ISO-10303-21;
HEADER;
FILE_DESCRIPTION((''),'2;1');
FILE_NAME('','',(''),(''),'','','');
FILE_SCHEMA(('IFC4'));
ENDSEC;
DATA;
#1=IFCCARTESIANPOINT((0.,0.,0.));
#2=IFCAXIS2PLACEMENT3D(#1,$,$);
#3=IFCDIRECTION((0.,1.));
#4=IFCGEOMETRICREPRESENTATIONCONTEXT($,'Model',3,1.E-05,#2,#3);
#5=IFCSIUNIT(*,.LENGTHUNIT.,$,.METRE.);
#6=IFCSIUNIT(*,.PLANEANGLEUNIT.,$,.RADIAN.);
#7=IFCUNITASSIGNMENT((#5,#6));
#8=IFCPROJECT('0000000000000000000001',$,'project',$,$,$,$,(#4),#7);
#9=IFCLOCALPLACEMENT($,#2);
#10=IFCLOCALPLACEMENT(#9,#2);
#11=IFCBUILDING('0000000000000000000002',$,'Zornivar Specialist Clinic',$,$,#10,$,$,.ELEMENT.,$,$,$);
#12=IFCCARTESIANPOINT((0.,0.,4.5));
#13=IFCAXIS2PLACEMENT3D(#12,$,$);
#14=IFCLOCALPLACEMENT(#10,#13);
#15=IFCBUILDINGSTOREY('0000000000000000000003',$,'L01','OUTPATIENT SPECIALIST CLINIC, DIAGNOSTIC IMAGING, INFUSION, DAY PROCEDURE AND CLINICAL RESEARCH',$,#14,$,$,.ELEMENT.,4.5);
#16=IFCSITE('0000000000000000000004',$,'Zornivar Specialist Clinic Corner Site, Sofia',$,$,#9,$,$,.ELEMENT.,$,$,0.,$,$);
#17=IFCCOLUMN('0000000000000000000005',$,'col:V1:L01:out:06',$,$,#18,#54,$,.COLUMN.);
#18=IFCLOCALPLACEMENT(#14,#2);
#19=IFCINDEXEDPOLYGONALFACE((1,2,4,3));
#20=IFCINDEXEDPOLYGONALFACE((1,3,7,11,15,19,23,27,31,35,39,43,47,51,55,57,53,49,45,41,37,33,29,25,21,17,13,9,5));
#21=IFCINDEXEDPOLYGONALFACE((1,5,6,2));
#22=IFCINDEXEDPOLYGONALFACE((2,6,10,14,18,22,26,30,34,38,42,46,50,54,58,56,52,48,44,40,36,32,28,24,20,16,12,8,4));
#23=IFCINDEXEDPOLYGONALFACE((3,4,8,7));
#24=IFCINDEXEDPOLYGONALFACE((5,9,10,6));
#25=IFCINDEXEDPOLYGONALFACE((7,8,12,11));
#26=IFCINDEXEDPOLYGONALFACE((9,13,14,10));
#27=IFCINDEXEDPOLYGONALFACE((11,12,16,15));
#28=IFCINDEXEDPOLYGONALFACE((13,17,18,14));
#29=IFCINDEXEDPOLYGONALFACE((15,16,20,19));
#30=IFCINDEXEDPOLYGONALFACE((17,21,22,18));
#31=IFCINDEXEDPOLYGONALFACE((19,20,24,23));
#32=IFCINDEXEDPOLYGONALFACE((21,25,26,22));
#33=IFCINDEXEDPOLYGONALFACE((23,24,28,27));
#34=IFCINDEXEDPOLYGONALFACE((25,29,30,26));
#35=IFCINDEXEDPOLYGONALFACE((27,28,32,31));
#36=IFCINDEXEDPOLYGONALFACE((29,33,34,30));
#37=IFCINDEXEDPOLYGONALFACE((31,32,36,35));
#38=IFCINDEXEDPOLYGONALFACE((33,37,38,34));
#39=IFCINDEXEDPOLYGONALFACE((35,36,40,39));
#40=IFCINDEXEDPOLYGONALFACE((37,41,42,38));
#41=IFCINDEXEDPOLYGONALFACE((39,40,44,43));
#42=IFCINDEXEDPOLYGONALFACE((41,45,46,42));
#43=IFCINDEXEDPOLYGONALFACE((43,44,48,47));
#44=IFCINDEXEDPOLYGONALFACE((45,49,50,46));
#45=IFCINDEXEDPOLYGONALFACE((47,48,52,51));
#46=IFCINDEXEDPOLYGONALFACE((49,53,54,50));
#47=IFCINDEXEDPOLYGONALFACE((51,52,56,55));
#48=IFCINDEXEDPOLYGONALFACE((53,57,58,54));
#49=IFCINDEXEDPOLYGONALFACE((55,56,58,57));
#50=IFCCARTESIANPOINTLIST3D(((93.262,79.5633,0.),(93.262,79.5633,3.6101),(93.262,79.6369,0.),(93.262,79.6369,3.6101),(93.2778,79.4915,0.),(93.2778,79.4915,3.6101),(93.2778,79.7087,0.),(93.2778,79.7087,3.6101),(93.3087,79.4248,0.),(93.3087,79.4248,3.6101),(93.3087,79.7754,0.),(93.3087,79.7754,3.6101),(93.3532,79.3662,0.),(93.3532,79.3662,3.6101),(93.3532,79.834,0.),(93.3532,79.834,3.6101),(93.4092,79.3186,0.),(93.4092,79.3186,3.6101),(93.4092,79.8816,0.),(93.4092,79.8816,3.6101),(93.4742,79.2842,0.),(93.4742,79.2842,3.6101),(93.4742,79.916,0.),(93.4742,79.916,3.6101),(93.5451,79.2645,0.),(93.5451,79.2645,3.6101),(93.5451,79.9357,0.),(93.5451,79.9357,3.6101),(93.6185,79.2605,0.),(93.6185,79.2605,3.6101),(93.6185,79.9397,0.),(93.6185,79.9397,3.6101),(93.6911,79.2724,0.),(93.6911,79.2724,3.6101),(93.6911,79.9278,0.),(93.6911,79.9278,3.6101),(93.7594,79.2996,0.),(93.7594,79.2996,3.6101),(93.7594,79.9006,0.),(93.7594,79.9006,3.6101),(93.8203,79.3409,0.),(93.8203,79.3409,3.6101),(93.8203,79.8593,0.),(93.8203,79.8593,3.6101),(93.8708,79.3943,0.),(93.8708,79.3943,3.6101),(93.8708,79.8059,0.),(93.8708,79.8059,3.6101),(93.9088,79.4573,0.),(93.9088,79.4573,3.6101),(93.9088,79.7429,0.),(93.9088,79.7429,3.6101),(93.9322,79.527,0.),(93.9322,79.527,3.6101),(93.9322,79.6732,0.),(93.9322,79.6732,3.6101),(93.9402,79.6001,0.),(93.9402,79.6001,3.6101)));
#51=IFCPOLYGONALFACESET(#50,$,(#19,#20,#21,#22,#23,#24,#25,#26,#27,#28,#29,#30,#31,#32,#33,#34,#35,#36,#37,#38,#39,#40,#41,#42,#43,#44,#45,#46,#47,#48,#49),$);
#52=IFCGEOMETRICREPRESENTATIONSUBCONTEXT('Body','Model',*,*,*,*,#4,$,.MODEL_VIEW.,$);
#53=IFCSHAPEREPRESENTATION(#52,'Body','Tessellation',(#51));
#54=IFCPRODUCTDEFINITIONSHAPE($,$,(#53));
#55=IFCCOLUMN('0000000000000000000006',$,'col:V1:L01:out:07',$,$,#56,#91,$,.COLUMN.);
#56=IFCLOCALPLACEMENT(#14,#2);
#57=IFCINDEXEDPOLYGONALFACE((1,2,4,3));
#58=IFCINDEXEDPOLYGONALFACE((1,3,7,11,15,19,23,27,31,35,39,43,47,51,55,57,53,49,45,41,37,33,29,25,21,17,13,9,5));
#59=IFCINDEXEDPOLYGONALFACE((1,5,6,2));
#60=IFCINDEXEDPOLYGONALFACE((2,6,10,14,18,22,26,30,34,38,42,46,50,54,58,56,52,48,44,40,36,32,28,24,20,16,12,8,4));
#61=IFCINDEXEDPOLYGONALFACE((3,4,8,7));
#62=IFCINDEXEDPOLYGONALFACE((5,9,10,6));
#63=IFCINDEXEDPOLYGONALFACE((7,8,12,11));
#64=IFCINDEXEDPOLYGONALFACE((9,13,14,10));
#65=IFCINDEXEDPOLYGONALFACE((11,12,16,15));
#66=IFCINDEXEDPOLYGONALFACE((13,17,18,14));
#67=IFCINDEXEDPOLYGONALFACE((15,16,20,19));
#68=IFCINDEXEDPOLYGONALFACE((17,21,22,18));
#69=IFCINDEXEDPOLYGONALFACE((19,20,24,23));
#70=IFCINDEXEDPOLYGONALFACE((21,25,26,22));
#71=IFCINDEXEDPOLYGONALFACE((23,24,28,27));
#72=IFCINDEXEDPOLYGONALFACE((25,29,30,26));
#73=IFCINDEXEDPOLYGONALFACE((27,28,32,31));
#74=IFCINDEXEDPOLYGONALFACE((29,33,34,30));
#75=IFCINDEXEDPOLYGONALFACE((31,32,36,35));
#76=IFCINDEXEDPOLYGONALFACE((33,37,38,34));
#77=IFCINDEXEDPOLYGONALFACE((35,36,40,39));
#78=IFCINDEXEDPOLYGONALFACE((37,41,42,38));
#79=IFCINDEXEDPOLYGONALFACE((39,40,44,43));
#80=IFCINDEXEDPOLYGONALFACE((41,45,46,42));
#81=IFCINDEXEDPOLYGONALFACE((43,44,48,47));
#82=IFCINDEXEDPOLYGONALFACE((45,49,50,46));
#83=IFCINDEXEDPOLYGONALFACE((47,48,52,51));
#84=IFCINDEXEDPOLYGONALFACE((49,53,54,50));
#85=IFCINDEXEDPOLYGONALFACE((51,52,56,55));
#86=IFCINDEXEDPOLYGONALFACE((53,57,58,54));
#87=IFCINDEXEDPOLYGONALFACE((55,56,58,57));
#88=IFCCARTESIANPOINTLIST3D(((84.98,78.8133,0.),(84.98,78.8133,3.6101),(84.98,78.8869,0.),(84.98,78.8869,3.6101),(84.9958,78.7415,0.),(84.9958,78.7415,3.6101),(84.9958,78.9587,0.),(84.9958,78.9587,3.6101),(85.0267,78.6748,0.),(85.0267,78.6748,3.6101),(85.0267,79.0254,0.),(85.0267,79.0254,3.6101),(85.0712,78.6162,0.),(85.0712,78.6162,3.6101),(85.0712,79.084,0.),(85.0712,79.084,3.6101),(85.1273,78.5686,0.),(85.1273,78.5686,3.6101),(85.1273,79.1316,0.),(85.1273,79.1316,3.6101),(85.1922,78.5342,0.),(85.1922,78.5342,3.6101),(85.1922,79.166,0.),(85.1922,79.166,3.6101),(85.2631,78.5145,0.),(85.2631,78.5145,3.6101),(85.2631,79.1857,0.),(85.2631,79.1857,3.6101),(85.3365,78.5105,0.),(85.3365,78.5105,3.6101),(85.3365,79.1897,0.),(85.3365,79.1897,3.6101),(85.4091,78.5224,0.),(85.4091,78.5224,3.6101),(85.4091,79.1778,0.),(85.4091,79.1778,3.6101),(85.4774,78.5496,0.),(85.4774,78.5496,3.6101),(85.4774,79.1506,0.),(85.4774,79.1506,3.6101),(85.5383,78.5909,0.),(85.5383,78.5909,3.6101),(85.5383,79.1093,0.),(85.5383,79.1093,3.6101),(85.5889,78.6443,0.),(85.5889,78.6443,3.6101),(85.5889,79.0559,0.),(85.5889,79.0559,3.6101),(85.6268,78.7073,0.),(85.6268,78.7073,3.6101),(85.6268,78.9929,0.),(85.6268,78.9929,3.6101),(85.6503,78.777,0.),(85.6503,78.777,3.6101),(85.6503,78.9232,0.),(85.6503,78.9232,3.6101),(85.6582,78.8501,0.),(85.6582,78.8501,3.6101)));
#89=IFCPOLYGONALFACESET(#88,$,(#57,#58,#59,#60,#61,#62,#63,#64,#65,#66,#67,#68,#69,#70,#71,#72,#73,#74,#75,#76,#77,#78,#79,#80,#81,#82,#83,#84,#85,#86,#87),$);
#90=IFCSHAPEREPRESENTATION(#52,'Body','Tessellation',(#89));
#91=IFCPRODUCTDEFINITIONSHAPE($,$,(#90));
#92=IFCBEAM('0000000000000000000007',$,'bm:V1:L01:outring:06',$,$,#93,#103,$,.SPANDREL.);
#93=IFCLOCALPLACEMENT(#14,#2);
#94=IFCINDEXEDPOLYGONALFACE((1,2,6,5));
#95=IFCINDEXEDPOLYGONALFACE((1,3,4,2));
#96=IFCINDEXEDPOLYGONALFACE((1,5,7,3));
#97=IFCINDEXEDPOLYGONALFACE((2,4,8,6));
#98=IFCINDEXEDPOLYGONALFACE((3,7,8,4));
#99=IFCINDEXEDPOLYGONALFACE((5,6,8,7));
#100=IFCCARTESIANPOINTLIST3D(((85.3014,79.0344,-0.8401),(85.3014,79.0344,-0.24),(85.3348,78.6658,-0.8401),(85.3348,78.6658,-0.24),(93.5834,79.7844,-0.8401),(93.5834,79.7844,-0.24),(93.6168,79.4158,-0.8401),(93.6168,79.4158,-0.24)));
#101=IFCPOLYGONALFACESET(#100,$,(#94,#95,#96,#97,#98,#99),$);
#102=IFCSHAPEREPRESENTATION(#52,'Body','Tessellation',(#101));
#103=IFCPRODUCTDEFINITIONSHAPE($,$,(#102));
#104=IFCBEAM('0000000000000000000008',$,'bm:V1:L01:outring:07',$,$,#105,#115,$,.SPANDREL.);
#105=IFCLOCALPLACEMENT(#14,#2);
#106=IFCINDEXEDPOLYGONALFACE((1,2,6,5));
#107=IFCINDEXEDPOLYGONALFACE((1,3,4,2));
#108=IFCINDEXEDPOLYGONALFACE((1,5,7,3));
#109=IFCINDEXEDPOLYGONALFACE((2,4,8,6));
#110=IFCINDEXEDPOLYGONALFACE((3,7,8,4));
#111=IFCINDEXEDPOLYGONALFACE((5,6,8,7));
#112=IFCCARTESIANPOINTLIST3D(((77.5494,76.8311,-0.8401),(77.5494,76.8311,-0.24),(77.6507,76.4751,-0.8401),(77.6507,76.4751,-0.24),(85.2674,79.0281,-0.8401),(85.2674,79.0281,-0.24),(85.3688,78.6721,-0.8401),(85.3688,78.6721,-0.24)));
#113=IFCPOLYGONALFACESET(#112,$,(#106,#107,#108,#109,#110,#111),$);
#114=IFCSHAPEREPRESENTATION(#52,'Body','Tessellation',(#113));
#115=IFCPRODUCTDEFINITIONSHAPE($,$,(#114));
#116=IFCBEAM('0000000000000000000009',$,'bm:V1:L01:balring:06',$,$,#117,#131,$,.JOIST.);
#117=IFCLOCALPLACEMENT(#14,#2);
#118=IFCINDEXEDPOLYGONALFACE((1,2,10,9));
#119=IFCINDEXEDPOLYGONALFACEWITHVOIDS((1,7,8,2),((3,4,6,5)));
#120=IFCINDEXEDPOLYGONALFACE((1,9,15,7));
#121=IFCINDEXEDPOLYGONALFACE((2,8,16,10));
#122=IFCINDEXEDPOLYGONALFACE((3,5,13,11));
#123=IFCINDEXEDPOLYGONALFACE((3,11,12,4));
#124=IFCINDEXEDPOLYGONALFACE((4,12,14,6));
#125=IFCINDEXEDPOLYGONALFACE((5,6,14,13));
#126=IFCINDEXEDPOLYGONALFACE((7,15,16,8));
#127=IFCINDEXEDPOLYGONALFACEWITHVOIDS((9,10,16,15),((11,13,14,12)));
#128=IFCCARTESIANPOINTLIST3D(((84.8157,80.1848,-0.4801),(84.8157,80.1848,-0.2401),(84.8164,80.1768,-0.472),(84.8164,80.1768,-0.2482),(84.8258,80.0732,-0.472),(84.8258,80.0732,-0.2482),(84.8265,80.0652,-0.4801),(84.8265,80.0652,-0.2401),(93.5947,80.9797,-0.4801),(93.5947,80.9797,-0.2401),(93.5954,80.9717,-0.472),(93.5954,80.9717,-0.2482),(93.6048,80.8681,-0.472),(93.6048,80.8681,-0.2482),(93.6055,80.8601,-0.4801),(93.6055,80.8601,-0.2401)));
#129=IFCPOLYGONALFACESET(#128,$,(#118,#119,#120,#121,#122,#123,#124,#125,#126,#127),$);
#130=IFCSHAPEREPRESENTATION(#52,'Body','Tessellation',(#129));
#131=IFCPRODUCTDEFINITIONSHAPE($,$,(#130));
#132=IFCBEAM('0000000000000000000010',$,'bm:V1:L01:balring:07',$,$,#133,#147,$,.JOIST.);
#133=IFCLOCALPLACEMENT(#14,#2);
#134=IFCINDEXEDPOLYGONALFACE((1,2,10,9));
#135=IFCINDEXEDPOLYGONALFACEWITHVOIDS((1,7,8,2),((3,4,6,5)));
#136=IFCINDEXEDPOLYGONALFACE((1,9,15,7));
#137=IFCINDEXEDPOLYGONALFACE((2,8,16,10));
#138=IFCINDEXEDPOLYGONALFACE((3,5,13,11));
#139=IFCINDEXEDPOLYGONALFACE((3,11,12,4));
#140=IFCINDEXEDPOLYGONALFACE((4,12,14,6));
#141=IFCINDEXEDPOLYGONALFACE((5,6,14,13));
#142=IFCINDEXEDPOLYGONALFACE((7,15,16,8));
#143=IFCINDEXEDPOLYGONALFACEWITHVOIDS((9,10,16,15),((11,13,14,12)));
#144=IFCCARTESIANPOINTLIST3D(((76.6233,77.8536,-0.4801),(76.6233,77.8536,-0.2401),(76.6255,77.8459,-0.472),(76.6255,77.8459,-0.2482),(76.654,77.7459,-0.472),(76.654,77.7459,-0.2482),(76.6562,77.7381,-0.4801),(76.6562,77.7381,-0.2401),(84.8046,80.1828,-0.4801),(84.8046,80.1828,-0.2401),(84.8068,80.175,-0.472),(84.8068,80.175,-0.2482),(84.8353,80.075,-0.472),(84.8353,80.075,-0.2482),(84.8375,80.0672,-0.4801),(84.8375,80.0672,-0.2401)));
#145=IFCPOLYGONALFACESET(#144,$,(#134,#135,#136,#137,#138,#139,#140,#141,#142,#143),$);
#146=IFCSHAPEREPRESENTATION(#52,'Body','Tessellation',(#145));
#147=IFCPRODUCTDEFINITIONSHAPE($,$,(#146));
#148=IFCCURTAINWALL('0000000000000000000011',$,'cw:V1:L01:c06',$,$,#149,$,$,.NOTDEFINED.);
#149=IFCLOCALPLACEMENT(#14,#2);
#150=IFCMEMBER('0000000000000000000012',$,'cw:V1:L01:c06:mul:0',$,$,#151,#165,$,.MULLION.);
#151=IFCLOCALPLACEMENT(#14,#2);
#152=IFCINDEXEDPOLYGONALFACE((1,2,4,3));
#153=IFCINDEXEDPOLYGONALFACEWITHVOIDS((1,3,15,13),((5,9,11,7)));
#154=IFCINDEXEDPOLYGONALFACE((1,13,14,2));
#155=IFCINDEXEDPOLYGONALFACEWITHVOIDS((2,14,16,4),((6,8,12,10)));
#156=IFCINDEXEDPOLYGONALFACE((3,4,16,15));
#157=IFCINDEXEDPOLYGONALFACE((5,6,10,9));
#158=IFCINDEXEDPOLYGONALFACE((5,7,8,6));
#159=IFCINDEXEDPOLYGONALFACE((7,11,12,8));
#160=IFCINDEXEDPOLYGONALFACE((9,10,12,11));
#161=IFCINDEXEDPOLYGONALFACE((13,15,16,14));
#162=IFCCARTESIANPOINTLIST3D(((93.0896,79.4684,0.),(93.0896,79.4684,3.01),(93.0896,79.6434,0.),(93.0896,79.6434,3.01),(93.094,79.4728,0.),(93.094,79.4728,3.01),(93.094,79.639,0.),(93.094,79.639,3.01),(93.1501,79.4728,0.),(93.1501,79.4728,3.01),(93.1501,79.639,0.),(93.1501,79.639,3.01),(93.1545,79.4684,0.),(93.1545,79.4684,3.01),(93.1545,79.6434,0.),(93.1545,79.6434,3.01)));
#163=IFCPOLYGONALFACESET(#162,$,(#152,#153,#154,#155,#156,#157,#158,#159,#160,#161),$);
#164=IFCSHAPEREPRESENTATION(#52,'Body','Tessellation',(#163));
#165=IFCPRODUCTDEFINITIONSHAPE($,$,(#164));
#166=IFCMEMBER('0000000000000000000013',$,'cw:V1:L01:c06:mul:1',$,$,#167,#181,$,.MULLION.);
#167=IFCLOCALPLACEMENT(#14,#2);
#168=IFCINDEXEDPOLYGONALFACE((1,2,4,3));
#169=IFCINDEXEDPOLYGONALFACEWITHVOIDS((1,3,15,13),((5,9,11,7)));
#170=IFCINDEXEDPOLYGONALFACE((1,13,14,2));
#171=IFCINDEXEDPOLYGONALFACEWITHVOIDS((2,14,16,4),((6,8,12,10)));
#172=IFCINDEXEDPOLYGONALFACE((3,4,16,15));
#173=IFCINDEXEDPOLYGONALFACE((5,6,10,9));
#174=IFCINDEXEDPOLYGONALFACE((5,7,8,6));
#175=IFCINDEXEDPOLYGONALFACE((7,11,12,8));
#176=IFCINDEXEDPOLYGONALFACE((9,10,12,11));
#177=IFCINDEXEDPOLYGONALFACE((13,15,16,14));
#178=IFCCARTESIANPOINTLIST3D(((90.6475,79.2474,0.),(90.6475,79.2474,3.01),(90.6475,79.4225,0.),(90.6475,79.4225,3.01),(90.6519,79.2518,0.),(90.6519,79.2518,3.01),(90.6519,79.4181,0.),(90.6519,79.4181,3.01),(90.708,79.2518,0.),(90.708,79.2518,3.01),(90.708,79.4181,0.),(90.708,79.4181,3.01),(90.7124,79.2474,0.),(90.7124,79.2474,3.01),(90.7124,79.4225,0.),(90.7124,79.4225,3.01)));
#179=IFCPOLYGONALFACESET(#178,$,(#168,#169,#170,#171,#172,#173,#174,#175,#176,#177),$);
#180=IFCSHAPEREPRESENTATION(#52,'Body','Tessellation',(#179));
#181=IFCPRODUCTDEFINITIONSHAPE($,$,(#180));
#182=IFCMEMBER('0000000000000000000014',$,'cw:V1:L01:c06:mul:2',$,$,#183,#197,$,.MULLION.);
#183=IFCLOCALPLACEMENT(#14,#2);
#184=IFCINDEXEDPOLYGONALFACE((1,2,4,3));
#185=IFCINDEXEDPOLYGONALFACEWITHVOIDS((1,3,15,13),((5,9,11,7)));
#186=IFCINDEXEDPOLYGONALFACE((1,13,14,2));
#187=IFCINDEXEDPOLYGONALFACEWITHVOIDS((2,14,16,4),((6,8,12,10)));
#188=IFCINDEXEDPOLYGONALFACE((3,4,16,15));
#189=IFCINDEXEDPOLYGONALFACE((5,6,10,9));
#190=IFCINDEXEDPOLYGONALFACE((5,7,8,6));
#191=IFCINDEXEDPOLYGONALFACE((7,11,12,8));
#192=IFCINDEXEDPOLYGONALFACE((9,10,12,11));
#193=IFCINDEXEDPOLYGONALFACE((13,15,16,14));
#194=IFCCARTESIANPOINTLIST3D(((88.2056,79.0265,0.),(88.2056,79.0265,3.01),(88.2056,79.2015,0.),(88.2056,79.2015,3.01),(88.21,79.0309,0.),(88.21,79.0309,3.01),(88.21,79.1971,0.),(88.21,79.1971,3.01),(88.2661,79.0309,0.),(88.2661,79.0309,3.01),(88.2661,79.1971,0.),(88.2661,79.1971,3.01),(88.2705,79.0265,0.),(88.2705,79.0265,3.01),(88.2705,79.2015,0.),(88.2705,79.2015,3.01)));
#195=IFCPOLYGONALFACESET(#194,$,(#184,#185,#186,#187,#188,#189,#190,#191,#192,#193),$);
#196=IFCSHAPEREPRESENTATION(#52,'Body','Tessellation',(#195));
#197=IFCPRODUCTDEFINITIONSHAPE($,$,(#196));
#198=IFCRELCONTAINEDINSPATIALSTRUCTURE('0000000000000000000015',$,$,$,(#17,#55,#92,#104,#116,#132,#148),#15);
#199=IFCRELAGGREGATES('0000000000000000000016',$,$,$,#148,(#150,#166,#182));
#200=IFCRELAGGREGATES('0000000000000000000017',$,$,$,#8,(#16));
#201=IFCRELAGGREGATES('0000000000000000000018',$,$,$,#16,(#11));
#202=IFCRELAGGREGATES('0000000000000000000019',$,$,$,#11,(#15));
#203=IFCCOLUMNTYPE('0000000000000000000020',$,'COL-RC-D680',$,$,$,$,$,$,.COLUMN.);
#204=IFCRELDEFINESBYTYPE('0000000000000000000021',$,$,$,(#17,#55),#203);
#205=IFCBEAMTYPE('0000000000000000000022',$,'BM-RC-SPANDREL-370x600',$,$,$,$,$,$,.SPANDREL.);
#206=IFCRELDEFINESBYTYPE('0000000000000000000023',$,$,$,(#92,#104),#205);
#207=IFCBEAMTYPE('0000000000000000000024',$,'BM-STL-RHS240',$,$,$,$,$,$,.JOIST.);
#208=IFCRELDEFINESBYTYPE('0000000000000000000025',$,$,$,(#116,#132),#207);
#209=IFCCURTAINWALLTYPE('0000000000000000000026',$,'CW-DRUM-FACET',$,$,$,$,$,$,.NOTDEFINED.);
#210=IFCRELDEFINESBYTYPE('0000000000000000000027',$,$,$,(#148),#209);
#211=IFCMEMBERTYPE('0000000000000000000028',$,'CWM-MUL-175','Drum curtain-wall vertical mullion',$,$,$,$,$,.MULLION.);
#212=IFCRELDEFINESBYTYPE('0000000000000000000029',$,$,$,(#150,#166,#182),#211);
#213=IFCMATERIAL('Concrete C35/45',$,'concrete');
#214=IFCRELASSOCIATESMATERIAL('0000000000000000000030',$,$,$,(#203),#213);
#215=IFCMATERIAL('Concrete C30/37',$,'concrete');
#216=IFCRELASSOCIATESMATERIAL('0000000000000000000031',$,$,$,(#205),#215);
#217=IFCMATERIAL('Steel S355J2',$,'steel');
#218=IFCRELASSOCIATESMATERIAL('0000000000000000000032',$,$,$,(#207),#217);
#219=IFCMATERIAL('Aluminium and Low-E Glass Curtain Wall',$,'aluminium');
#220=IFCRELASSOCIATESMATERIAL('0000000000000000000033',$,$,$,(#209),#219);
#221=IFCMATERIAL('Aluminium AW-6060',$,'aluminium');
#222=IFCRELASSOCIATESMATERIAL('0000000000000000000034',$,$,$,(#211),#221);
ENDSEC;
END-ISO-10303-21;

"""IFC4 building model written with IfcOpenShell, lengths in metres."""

from ifc_helpers import new_model, si_unit, direction, frame, origin, origin_2d, place, context, subcontext, project, spatial, rectangle, hollow_rectangle, circle, extrude, material, material_profile, profile_set, type_object, element, aggregate, save


model = new_model("IFC4")

# Units and contexts
model_context = context("Model", 3, precision=1e-05, world=origin(), true_north=direction((0.0, 1.0)))
body_context = subcontext(model_context, "Body", "Model", "MODEL_VIEW")
ifc_project = project(units=[si_unit("LENGTHUNIT", "METRE"), si_unit("PLANEANGLEUNIT", "RADIAN")], contexts=[model_context])

# Site, building, storey
site_placement = place(None, origin())
site = spatial("IfcSite", under=ifc_project, at=site_placement, Name="Zornivar Specialist Clinic Corner Site, Sofia", CompositionType="ELEMENT", RefElevation=0.0)
building_placement = place(site_placement, origin())
building = spatial("IfcBuilding", under=site, at=building_placement, Name="Zornivar Specialist Clinic", CompositionType="ELEMENT")
storey_placement = place(building_placement, frame((0.0, 0.0, 4.5)))
storey = spatial("IfcBuildingStorey", under=building, at=storey_placement, Name="L01", Description="OUTPATIENT SPECIALIST CLINIC, DIAGNOSTIC IMAGING, INFUSION, DAY PROCEDURE AND CLINICAL RESEARCH", CompositionType="ELEMENT", Elevation=4.5)

# Columns
ifc_material_1 = material(Name="Concrete C35/45", Category="concrete")
ifc_material_profile_1 = material_profile(ifc_material_1, circle(Radius=0.3401, at=origin_2d()), Name="RC D680")
ifc_profile_set_1 = profile_set([ifc_material_profile_1], Name="Concrete C35/45")
column_type = type_object("IfcColumnType", Name="COL-RC-D680", PredefinedType="COLUMN", material=ifc_profile_set_1)
for number, where, z_axis, x_axis, name in (
    (1, (93.6001, 79.6001, 0.0), (0.0, 0.0, 1.0), (1.0, 0.0, 0.0), "col:V1:L01:out:06"),
    (2, (85.3181, 78.8501, 0.0), (0.0, 0.0, 1.0), (1.0, 0.0, 0.0), "col:V1:L01:out:07"),
):
    element("IfcColumn", number, at=place(storey_placement, frame(where, z_axis=z_axis, x_axis=x_axis)), inside=storey, type_object=column_type, Name=name, PredefinedType="COLUMN", context=body_context, shape_type="SweptSolid", body=[
        extrude(circle(Radius=0.3401, at=origin_2d()), origin(), (0.0, 0.0, 1.0), 3.6101),
    ])

# Beams
ifc_material_2 = material(Name="Concrete C30/37", Category="concrete")
ifc_material_profile_2 = material_profile(ifc_material_2, rectangle(XDim=0.3701, YDim=0.6001, at=origin_2d()), Name="RC 370x600")
ifc_profile_set_2 = profile_set([ifc_material_profile_2], Name="Concrete C30/37")
beam_type_1 = type_object("IfcBeamType", Name="BM-RC-SPANDREL-370x600", PredefinedType="SPANDREL", material=ifc_profile_set_2)
beam_1_placement = place(storey_placement, frame((93.6001, 79.6001, -0.54), z_axis=(-0.995925, -0.090189, 0.0), x_axis=(0.090189, -0.995925, 0.0)))
element("IfcBeam", 3, at=beam_1_placement, inside=storey, type_object=beam_type_1, Name="bm:V1:L01:outring:06", PredefinedType="SPANDREL", context=body_context, shape_type="SweptSolid", body=[
    extrude(rectangle(XDim=0.3701, YDim=0.6001, at=origin_2d()), origin(), (0.0, 0.0, 1.0), 8.3159),
])
beam_2_placement = place(storey_placement, frame((85.3181, 78.8501, -0.54), z_axis=(-0.961791, -0.273785, 0.0), x_axis=(0.273785, -0.961791, 0.0)))
element("IfcBeam", 4, at=beam_2_placement, inside=storey, type_object=beam_type_1, Name="bm:V1:L01:outring:07", PredefinedType="SPANDREL", context=body_context, shape_type="SweptSolid", body=[
    extrude(rectangle(XDim=0.3701, YDim=0.6001, at=origin_2d()), origin(), (0.0, 0.0, 1.0), 8.0247),
])
ifc_material_3 = material(Name="Steel S355J2", Category="steel")
ifc_material_profile_3 = material_profile(ifc_material_3, hollow_rectangle(XDim=0.1201, YDim=0.24, WallThickness=0.0081, at=origin_2d()), Name="RHS 240x120x8")
ifc_profile_set_3 = profile_set([ifc_material_profile_3], Name="Steel S355J2")
beam_type_2 = type_object("IfcBeamType", Name="BM-STL-RHS240", PredefinedType="JOIST", material=ifc_profile_set_3)
beam_3_placement = place(storey_placement, frame((93.6001, 80.9199, -0.3601), z_axis=(-0.995926, -0.090179, 0.0), x_axis=(0.090179, -0.995926, 0.0)))
element("IfcBeam", 5, at=beam_3_placement, inside=storey, type_object=beam_type_2, Name="bm:V1:L01:balring:06", PredefinedType="JOIST", context=body_context, shape_type="SweptSolid", body=[
    extrude(hollow_rectangle(XDim=0.1201, YDim=0.24, WallThickness=0.0081, at=origin_2d()), origin(), (0.0, 0.0, 1.0), 8.8149),
])
beam_4_placement = place(storey_placement, frame((84.821, 80.125, -0.3601), z_axis=(-0.961783, -0.273811, 0.0), x_axis=(0.273811, -0.961783, 0.0)))
element("IfcBeam", 6, at=beam_4_placement, inside=storey, type_object=beam_type_2, Name="bm:V1:L01:balring:07", PredefinedType="JOIST", context=body_context, shape_type="SweptSolid", body=[
    extrude(hollow_rectangle(XDim=0.1201, YDim=0.24, WallThickness=0.0081, at=origin_2d()), origin(), (0.0, 0.0, 1.0), 8.5063),
])

# Curtain wall, members
ifc_material_4 = material(Name="Aluminium and Low-E Glass Curtain Wall", Category="aluminium")
curtain_wall_type = type_object("IfcCurtainWallType", Name="CW-DRUM-FACET", PredefinedType="NOTDEFINED", material=ifc_material_4)
curtain_wall_1_placement = place(storey_placement, origin())
curtain_wall_1 = element("IfcCurtainWall", 7, at=curtain_wall_1_placement, inside=storey, type_object=curtain_wall_type, Name="cw:V1:L01:c06", PredefinedType="NOTDEFINED")
ifc_material_5 = material(Name="Aluminium AW-6060", Category="aluminium")
ifc_material_profile_4 = material_profile(ifc_material_5, hollow_rectangle(XDim=0.0649, YDim=0.175, WallThickness=0.0044, at=origin_2d()), Name="ALU 65x175x4.5")
ifc_profile_set_4 = profile_set([ifc_material_profile_4], Name="Aluminium AW-6060")
member_type_1 = type_object("IfcMemberType", Name="CWM-MUL-175", Description="Drum curtain-wall vertical mullion", PredefinedType="MULLION", material=ifc_profile_set_4)
member_1_placement = place(storey_placement, frame((93.1221, 79.5559, 0.0), z_axis=(0.0, 0.0, 1.0), x_axis=(1.0, 0.0, 0.0)))
member_1 = element("IfcMember", 8, at=member_1_placement, type_object=member_type_1, Name="cw:V1:L01:c06:mul:0", PredefinedType="MULLION", context=body_context, shape_type="SweptSolid", body=[
    extrude(hollow_rectangle(XDim=0.0649, YDim=0.175, WallThickness=0.0044, at=origin_2d()), origin(), (0.0, 0.0, 1.0), 3.01),
])
member_2_placement = place(storey_placement, frame((90.6799, 79.335, 0.0), z_axis=(0.0, 0.0, 1.0), x_axis=(1.0, 0.0, 0.0)))
member_2 = element("IfcMember", 9, at=member_2_placement, type_object=member_type_1, Name="cw:V1:L01:c06:mul:1", PredefinedType="MULLION", context=body_context, shape_type="SweptSolid", body=[
    extrude(hollow_rectangle(XDim=0.0649, YDim=0.175, WallThickness=0.0044, at=origin_2d()), origin(), (0.0, 0.0, 1.0), 3.01),
])
member_3_placement = place(storey_placement, frame((88.238, 79.114, 0.0), z_axis=(0.0, 0.0, 1.0), x_axis=(1.0, 0.0, 0.0)))
member_3 = element("IfcMember", 10, at=member_3_placement, type_object=member_type_1, Name="cw:V1:L01:c06:mul:2", PredefinedType="MULLION", context=body_context, shape_type="SweptSolid", body=[
    extrude(hollow_rectangle(XDim=0.0649, YDim=0.175, WallThickness=0.0044, at=origin_2d()), origin(), (0.0, 0.0, 1.0), 3.01),
])

aggregate(curtain_wall_1, [member_1, member_2, member_3])

save(model, "model.ifc")
